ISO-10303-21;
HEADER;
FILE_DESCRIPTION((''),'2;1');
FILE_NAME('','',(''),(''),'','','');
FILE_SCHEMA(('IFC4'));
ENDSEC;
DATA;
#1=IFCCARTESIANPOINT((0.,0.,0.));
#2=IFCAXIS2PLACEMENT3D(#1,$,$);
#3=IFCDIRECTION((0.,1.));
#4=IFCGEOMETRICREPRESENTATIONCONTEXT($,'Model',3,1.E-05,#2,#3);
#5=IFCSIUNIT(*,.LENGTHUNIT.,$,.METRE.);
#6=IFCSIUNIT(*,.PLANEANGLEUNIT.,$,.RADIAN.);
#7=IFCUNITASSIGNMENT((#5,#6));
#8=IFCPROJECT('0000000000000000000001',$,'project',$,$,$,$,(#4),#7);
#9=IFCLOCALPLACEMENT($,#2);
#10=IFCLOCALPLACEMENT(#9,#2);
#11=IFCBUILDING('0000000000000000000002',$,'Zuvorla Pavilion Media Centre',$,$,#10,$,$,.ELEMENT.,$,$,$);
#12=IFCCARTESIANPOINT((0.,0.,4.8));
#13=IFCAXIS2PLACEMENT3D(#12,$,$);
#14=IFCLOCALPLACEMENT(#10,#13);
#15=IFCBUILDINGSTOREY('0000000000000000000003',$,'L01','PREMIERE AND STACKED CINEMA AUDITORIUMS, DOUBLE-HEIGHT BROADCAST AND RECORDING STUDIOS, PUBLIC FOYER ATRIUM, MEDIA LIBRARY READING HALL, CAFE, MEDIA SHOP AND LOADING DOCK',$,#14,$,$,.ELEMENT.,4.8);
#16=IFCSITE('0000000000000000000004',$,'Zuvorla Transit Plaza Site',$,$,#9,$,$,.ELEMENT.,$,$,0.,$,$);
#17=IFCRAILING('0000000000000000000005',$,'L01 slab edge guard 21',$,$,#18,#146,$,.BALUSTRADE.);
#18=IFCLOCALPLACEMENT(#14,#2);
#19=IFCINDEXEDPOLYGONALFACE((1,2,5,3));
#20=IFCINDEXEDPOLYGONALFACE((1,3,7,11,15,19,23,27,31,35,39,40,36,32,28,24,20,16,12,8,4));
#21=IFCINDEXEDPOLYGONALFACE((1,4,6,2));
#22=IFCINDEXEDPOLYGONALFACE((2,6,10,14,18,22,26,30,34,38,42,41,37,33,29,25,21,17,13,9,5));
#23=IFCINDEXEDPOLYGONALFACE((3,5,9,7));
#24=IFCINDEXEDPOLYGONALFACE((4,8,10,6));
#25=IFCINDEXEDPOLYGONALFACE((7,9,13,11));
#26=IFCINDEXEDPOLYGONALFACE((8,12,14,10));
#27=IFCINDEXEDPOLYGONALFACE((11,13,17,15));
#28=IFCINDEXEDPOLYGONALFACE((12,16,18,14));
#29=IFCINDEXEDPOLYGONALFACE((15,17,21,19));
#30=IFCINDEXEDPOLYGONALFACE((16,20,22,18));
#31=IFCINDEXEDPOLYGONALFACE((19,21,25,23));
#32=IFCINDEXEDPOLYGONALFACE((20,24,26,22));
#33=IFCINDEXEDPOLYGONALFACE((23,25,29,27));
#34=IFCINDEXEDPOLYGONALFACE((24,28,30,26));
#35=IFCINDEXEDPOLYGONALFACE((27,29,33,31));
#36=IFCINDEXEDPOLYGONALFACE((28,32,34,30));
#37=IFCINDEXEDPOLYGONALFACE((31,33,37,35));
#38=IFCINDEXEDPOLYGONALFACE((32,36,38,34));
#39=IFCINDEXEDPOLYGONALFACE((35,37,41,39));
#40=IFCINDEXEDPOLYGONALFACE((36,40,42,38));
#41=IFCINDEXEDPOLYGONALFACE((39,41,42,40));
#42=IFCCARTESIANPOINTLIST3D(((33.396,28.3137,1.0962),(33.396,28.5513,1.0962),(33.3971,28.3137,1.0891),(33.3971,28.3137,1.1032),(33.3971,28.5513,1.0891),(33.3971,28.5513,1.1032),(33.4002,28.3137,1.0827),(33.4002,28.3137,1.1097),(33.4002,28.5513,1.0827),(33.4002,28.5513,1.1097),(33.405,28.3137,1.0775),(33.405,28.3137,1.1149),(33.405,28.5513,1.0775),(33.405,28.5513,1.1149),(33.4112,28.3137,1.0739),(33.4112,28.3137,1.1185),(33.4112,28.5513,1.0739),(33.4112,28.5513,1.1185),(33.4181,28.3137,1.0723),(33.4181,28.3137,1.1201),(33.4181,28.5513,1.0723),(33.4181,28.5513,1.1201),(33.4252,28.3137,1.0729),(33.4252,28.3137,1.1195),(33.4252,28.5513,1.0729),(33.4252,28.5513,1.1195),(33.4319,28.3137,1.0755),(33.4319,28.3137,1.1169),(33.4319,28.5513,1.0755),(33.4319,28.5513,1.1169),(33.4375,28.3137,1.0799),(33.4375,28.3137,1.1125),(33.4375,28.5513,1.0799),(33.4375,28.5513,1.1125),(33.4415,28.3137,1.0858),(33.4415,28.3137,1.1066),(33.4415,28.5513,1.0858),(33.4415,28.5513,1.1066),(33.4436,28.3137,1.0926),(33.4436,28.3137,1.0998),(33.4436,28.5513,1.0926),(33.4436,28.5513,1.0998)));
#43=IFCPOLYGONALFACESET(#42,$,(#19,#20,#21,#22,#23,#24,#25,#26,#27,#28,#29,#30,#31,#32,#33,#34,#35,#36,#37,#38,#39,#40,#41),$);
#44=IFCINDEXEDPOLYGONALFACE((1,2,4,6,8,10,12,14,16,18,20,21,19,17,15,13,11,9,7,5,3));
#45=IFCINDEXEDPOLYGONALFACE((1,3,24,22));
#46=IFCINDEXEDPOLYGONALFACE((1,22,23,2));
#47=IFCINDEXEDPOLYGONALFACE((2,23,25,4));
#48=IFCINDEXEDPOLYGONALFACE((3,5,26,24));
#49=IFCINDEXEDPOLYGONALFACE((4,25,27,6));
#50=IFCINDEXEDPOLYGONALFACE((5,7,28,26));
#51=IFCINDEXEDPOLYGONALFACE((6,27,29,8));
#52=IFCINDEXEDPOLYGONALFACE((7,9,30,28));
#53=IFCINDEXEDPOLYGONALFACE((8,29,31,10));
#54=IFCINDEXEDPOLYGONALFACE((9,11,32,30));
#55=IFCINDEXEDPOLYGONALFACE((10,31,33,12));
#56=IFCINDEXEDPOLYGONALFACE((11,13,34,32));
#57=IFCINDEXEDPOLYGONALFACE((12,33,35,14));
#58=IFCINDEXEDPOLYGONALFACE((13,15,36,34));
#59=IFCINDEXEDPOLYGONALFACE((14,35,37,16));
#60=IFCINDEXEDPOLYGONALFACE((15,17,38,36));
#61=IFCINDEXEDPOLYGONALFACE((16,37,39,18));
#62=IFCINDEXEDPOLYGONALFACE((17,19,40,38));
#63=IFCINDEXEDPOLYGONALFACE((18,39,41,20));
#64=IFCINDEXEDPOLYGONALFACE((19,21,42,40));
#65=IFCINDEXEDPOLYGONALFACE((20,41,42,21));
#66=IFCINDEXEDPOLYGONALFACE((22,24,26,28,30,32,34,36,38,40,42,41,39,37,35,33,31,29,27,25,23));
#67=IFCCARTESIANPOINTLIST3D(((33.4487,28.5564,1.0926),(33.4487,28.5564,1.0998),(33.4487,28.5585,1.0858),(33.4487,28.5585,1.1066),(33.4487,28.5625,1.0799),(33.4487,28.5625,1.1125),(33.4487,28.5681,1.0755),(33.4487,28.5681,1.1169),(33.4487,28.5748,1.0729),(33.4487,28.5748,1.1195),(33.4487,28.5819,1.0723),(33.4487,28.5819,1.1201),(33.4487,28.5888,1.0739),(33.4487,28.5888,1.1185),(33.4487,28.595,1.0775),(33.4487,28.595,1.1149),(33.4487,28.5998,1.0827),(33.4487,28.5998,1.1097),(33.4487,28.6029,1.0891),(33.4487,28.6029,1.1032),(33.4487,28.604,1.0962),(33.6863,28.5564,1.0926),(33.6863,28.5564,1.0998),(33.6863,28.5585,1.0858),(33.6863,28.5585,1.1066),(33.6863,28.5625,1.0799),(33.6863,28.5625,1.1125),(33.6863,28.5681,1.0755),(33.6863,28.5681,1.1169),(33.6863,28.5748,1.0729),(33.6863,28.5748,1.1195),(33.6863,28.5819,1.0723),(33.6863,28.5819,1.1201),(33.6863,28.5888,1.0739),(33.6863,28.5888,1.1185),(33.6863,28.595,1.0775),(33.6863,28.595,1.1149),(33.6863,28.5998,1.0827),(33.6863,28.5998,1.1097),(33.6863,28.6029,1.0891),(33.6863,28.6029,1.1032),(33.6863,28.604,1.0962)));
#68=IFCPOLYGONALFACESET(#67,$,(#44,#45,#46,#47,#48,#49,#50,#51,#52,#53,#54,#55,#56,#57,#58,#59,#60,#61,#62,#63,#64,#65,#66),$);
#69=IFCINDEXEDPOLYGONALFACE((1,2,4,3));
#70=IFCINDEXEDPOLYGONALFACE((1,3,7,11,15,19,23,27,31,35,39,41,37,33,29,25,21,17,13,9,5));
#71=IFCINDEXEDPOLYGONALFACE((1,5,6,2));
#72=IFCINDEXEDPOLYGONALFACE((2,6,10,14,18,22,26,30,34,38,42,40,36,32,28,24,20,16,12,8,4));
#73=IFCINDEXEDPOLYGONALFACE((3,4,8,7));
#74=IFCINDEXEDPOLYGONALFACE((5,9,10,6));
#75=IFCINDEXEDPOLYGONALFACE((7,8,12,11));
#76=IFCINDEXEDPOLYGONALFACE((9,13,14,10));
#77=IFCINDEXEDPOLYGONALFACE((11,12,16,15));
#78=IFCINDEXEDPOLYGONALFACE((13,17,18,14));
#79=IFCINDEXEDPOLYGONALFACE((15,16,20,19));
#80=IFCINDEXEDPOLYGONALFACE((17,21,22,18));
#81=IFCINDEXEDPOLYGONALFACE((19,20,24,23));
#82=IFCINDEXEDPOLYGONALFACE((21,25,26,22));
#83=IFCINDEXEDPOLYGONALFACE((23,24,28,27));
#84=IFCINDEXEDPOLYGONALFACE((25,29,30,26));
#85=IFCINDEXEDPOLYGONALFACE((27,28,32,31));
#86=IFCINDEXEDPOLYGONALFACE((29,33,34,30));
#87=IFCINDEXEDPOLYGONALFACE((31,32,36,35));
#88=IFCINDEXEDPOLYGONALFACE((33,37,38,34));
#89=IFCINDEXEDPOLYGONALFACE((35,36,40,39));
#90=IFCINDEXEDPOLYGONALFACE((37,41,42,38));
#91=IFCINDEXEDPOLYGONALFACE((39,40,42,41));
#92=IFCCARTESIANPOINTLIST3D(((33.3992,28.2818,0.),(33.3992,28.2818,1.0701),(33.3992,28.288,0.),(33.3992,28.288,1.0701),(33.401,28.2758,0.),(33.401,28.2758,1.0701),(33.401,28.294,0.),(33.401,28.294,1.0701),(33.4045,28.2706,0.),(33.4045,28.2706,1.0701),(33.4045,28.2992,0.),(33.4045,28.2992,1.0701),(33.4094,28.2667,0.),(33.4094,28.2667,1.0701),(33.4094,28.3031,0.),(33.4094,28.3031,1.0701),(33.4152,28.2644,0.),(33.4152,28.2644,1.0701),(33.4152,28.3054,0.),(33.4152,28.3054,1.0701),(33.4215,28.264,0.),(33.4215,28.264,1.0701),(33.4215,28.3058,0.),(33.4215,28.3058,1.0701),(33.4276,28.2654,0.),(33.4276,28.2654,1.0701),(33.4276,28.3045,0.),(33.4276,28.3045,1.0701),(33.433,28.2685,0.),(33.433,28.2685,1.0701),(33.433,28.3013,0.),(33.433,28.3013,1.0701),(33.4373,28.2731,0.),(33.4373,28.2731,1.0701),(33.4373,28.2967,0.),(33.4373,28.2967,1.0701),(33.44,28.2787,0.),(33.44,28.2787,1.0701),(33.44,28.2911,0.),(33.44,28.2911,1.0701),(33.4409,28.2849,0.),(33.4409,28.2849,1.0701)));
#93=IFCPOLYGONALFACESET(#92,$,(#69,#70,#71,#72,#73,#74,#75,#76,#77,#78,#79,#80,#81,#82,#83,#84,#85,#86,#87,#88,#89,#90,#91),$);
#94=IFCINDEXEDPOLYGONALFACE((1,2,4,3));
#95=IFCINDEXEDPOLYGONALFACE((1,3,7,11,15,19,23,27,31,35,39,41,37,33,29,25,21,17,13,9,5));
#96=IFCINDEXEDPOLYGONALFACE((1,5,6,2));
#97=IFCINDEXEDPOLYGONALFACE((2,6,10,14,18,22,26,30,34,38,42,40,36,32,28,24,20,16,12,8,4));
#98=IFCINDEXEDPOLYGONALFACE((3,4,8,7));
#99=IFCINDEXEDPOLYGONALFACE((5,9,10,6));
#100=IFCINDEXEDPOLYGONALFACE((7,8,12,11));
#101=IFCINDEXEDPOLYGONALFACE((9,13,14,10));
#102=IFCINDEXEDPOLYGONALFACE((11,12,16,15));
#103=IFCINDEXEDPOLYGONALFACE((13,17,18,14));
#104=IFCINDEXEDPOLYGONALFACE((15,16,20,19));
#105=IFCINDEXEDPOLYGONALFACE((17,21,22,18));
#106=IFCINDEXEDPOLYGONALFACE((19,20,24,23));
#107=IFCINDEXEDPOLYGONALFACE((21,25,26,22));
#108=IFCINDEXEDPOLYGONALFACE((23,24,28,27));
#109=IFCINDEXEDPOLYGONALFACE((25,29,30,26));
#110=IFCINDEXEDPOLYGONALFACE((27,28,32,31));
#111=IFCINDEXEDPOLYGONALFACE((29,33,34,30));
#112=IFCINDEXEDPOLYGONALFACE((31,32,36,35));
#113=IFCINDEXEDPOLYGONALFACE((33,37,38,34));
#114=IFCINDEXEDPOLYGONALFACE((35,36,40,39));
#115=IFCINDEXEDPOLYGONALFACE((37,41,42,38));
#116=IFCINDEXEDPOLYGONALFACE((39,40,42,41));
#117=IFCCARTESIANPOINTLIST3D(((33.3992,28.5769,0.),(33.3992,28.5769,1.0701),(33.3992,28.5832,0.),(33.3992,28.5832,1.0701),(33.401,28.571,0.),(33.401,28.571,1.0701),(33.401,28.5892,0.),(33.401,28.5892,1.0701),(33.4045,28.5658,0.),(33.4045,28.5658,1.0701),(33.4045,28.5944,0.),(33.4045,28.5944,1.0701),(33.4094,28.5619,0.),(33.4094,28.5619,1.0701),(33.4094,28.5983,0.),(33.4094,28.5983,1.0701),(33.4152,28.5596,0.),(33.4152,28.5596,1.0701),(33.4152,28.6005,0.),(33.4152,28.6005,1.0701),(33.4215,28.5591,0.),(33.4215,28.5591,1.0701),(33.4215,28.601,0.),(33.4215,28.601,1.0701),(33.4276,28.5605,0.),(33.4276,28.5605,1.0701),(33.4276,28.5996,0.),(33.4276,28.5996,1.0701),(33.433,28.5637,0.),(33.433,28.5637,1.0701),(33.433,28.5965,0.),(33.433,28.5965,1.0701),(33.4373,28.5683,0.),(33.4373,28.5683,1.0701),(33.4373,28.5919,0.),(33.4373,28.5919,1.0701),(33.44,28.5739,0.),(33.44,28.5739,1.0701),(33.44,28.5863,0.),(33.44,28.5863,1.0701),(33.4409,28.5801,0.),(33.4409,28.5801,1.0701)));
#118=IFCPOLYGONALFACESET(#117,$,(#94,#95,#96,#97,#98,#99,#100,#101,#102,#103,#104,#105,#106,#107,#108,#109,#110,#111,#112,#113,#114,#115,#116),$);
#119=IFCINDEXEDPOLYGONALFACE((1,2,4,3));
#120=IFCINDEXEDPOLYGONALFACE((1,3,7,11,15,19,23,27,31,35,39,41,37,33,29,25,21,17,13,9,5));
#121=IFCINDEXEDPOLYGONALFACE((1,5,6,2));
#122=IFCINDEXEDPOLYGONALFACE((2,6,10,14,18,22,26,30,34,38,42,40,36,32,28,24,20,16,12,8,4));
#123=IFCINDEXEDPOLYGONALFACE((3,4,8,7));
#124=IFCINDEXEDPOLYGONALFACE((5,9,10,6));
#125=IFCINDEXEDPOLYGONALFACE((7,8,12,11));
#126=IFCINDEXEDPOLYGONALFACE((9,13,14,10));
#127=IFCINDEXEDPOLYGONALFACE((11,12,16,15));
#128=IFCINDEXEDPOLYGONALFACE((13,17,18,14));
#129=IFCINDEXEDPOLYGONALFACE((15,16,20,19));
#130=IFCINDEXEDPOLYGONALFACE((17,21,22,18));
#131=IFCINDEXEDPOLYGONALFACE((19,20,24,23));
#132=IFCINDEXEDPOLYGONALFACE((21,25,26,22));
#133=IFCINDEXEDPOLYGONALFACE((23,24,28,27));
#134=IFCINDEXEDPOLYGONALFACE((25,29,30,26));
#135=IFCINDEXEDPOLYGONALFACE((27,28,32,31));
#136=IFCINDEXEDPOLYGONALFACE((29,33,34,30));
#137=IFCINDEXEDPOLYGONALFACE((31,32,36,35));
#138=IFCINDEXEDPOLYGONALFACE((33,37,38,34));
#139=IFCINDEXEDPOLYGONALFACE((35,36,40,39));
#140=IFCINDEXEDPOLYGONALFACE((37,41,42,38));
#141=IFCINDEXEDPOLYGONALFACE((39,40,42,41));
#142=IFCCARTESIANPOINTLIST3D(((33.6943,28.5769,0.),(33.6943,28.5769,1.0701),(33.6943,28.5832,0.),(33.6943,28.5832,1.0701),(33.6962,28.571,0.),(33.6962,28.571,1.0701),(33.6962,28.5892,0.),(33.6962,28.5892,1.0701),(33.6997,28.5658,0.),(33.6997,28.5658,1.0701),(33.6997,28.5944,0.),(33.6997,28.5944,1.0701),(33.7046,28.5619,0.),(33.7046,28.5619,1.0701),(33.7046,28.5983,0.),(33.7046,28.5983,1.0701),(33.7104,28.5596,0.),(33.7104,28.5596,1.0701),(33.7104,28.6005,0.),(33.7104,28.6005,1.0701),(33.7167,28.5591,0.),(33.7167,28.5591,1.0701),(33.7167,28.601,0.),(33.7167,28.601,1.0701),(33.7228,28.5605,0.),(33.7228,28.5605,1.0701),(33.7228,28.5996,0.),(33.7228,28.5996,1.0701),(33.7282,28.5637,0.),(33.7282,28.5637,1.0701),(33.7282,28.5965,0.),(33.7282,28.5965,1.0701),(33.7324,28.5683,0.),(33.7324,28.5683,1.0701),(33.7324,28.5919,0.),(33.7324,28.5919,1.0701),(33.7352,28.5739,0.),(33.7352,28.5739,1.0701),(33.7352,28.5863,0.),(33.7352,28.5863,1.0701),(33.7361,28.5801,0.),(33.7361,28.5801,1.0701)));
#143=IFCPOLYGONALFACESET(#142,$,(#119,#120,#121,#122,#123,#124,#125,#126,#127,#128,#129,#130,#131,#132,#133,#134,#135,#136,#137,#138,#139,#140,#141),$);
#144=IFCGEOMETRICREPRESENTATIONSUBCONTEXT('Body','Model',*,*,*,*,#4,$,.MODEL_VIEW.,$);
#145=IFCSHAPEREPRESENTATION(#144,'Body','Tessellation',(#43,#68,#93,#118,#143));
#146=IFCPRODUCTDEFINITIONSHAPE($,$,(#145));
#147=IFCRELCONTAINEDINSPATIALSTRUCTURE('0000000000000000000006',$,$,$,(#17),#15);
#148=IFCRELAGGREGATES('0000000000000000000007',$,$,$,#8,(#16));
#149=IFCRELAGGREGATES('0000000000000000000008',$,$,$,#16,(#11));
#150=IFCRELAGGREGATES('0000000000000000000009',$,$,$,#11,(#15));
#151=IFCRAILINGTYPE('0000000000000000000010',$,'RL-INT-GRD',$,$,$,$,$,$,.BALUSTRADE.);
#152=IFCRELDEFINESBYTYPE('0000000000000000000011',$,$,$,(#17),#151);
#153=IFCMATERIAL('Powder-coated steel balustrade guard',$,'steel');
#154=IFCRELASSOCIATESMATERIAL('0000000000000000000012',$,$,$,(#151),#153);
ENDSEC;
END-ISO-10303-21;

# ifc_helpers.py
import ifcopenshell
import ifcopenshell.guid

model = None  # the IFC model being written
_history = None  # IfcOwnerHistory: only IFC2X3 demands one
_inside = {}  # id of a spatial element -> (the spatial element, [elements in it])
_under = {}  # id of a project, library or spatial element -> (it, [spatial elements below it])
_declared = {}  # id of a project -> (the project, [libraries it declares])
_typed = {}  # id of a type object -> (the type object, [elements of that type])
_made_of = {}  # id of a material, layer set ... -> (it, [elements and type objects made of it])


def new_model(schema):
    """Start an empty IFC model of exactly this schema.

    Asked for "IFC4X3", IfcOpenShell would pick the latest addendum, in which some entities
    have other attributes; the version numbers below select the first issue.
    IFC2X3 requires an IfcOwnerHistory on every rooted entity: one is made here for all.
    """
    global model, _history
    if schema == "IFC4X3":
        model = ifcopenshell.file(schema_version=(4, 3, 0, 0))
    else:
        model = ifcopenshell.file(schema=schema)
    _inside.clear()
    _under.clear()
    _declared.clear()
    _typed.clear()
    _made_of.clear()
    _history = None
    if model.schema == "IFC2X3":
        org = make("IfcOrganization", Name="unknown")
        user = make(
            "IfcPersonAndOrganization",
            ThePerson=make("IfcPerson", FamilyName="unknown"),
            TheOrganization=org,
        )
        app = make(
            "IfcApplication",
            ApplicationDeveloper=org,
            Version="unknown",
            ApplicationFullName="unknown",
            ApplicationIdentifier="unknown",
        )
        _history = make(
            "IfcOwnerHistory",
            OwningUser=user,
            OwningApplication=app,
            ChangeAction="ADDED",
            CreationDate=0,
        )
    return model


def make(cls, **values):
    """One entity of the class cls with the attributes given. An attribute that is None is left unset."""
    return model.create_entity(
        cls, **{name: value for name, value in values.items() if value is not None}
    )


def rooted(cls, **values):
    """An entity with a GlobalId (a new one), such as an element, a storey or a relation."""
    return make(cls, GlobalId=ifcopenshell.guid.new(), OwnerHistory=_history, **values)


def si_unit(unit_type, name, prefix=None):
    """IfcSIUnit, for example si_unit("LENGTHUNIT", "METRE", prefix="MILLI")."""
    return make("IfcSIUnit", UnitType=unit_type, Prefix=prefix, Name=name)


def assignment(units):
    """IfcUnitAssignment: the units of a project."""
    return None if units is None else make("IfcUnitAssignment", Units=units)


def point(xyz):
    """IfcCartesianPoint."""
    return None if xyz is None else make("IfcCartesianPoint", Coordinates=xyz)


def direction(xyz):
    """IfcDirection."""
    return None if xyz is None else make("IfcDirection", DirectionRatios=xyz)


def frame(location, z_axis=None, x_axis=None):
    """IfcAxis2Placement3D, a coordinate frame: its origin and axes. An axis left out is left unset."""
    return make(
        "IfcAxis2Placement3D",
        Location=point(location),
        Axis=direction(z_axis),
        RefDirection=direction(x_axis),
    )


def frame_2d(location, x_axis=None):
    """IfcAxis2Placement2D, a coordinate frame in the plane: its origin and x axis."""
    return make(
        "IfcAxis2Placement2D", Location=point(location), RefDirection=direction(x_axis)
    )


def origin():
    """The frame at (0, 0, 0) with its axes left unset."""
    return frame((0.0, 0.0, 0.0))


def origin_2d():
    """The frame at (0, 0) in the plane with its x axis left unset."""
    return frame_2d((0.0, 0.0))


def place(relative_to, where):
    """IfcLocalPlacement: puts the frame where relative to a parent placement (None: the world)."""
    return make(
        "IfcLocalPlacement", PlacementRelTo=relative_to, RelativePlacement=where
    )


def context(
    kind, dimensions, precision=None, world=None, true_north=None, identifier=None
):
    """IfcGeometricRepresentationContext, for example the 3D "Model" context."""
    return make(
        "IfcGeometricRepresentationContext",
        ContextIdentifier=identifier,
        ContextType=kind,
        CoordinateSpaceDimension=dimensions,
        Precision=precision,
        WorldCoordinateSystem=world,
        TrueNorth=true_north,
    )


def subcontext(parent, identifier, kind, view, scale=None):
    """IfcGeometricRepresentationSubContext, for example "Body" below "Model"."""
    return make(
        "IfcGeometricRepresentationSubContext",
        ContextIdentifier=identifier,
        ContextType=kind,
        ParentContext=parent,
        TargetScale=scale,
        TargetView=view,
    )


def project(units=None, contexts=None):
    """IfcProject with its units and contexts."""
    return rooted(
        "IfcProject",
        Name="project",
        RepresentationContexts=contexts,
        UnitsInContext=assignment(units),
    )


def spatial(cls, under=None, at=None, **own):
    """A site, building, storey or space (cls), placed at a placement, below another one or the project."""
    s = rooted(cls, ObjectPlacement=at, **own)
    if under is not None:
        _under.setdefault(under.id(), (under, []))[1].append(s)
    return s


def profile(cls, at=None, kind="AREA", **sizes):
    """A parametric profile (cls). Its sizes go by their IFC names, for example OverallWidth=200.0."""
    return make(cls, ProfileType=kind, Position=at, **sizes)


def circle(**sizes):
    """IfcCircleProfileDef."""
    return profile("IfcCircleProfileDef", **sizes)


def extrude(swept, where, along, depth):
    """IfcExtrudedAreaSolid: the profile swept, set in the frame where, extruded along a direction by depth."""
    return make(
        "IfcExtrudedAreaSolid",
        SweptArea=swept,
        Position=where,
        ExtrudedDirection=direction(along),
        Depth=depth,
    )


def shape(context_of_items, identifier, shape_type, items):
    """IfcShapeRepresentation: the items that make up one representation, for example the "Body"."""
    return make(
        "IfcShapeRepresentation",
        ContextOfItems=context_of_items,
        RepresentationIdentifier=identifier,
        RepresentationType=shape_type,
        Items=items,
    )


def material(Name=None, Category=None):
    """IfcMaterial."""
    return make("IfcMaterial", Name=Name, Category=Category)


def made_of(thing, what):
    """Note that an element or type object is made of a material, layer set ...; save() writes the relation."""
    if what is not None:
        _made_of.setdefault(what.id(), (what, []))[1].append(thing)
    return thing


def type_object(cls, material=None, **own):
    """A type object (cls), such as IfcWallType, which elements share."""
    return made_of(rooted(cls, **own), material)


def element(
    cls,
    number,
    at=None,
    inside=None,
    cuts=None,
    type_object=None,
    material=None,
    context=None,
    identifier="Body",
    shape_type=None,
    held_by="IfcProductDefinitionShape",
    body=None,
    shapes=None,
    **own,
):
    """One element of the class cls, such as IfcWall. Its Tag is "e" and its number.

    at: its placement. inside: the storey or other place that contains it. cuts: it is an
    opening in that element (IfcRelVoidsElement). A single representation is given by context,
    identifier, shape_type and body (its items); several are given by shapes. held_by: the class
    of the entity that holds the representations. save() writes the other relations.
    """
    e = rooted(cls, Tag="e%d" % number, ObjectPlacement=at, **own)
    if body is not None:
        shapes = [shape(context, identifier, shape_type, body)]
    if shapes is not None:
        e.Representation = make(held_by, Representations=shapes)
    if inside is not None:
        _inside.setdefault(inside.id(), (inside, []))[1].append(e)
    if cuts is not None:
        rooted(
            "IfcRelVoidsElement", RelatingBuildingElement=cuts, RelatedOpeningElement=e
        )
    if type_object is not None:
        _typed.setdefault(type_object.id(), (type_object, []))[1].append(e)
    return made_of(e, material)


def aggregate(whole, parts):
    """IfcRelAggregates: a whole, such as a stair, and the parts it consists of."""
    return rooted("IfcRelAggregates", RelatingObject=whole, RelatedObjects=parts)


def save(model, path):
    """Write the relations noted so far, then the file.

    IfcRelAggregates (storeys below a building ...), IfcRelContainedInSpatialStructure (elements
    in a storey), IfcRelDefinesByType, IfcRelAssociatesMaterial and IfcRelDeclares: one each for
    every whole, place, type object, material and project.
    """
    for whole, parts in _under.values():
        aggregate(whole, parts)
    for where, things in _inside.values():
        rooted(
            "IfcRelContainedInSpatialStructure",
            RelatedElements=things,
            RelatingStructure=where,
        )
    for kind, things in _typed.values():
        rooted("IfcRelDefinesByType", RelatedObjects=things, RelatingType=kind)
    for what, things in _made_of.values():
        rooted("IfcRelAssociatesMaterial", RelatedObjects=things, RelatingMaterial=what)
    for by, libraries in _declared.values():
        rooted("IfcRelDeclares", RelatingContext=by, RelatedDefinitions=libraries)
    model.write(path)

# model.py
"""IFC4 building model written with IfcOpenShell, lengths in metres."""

from ifc_helpers import new_model, si_unit, direction, frame, origin, origin_2d, place, context, subcontext, project, spatial, circle, extrude, material, type_object, element, save


model = new_model("IFC4")

# Units and contexts
model_context = context("Model", 3, precision=1e-05, world=origin(), true_north=direction((0.0, 1.0)))
body_context = subcontext(model_context, "Body", "Model", "MODEL_VIEW")
ifc_project = project(units=[si_unit("LENGTHUNIT", "METRE"), si_unit("PLANEANGLEUNIT", "RADIAN")], contexts=[model_context])

# Site, building, storey
site_placement = place(None, origin())
site = spatial("IfcSite", under=ifc_project, at=site_placement, Name="Zuvorla Transit Plaza Site", CompositionType="ELEMENT", RefElevation=0.0)
building_placement = place(site_placement, origin())
building = spatial("IfcBuilding", under=site, at=building_placement, Name="Zuvorla Pavilion Media Centre", CompositionType="ELEMENT")
storey_placement = place(building_placement, frame((0.0, 0.0, 4.8)))
storey = spatial("IfcBuildingStorey", under=building, at=storey_placement, Name="L01", Description="PREMIERE AND STACKED CINEMA AUDITORIUMS, DOUBLE-HEIGHT BROADCAST AND RECORDING STUDIOS, PUBLIC FOYER ATRIUM, MEDIA LIBRARY READING HALL, CAFE, MEDIA SHOP AND LOADING DOCK", CompositionType="ELEMENT", Elevation=4.8)

# Railing
ifc_material_1 = material(Name="Powder-coated steel balustrade guard", Category="steel")
railing_type_1 = type_object("IfcRailingType", Name="RL-INT-GRD", PredefinedType="BALUSTRADE", material=ifc_material_1)
railing_1_placement = place(storey_placement, frame((33.4199, 28.2849, 0.0)))
element("IfcRailing", 1, at=railing_1_placement, inside=storey, type_object=railing_type_1, Name="L01 slab edge guard 21", PredefinedType="BALUSTRADE", context=body_context, shape_type="SweptSolid", body=[
    extrude(circle(Radius=0.0239, at=origin_2d()), frame((0.0, 0.0288, 1.0962), z_axis=(0.0, 1.0, 0.0), x_axis=(-1.0, 0.0, 0.0)), (0.0, 0.0, 1.0), 0.2375),
    extrude(circle(Radius=0.0239, at=origin_2d()), frame((0.0288, 0.2952, 1.0962), z_axis=(1.0, 0.0, 0.0), x_axis=(0.0, 1.0, 0.0)), (0.0, 0.0, 1.0), 0.2375),
    extrude(circle(Radius=0.021, at=origin_2d()), origin(), (0.0, 0.0, 1.0), 1.0701),
    extrude(circle(Radius=0.021, at=origin_2d()), frame((0.0, 0.2952, 0.0)), (0.0, 0.0, 1.0), 1.0701),
    extrude(circle(Radius=0.021, at=origin_2d()), frame((0.2952, 0.2952, 0.0)), (0.0, 0.0, 1.0), 1.0701),
])

save(model, "model.ifc")
